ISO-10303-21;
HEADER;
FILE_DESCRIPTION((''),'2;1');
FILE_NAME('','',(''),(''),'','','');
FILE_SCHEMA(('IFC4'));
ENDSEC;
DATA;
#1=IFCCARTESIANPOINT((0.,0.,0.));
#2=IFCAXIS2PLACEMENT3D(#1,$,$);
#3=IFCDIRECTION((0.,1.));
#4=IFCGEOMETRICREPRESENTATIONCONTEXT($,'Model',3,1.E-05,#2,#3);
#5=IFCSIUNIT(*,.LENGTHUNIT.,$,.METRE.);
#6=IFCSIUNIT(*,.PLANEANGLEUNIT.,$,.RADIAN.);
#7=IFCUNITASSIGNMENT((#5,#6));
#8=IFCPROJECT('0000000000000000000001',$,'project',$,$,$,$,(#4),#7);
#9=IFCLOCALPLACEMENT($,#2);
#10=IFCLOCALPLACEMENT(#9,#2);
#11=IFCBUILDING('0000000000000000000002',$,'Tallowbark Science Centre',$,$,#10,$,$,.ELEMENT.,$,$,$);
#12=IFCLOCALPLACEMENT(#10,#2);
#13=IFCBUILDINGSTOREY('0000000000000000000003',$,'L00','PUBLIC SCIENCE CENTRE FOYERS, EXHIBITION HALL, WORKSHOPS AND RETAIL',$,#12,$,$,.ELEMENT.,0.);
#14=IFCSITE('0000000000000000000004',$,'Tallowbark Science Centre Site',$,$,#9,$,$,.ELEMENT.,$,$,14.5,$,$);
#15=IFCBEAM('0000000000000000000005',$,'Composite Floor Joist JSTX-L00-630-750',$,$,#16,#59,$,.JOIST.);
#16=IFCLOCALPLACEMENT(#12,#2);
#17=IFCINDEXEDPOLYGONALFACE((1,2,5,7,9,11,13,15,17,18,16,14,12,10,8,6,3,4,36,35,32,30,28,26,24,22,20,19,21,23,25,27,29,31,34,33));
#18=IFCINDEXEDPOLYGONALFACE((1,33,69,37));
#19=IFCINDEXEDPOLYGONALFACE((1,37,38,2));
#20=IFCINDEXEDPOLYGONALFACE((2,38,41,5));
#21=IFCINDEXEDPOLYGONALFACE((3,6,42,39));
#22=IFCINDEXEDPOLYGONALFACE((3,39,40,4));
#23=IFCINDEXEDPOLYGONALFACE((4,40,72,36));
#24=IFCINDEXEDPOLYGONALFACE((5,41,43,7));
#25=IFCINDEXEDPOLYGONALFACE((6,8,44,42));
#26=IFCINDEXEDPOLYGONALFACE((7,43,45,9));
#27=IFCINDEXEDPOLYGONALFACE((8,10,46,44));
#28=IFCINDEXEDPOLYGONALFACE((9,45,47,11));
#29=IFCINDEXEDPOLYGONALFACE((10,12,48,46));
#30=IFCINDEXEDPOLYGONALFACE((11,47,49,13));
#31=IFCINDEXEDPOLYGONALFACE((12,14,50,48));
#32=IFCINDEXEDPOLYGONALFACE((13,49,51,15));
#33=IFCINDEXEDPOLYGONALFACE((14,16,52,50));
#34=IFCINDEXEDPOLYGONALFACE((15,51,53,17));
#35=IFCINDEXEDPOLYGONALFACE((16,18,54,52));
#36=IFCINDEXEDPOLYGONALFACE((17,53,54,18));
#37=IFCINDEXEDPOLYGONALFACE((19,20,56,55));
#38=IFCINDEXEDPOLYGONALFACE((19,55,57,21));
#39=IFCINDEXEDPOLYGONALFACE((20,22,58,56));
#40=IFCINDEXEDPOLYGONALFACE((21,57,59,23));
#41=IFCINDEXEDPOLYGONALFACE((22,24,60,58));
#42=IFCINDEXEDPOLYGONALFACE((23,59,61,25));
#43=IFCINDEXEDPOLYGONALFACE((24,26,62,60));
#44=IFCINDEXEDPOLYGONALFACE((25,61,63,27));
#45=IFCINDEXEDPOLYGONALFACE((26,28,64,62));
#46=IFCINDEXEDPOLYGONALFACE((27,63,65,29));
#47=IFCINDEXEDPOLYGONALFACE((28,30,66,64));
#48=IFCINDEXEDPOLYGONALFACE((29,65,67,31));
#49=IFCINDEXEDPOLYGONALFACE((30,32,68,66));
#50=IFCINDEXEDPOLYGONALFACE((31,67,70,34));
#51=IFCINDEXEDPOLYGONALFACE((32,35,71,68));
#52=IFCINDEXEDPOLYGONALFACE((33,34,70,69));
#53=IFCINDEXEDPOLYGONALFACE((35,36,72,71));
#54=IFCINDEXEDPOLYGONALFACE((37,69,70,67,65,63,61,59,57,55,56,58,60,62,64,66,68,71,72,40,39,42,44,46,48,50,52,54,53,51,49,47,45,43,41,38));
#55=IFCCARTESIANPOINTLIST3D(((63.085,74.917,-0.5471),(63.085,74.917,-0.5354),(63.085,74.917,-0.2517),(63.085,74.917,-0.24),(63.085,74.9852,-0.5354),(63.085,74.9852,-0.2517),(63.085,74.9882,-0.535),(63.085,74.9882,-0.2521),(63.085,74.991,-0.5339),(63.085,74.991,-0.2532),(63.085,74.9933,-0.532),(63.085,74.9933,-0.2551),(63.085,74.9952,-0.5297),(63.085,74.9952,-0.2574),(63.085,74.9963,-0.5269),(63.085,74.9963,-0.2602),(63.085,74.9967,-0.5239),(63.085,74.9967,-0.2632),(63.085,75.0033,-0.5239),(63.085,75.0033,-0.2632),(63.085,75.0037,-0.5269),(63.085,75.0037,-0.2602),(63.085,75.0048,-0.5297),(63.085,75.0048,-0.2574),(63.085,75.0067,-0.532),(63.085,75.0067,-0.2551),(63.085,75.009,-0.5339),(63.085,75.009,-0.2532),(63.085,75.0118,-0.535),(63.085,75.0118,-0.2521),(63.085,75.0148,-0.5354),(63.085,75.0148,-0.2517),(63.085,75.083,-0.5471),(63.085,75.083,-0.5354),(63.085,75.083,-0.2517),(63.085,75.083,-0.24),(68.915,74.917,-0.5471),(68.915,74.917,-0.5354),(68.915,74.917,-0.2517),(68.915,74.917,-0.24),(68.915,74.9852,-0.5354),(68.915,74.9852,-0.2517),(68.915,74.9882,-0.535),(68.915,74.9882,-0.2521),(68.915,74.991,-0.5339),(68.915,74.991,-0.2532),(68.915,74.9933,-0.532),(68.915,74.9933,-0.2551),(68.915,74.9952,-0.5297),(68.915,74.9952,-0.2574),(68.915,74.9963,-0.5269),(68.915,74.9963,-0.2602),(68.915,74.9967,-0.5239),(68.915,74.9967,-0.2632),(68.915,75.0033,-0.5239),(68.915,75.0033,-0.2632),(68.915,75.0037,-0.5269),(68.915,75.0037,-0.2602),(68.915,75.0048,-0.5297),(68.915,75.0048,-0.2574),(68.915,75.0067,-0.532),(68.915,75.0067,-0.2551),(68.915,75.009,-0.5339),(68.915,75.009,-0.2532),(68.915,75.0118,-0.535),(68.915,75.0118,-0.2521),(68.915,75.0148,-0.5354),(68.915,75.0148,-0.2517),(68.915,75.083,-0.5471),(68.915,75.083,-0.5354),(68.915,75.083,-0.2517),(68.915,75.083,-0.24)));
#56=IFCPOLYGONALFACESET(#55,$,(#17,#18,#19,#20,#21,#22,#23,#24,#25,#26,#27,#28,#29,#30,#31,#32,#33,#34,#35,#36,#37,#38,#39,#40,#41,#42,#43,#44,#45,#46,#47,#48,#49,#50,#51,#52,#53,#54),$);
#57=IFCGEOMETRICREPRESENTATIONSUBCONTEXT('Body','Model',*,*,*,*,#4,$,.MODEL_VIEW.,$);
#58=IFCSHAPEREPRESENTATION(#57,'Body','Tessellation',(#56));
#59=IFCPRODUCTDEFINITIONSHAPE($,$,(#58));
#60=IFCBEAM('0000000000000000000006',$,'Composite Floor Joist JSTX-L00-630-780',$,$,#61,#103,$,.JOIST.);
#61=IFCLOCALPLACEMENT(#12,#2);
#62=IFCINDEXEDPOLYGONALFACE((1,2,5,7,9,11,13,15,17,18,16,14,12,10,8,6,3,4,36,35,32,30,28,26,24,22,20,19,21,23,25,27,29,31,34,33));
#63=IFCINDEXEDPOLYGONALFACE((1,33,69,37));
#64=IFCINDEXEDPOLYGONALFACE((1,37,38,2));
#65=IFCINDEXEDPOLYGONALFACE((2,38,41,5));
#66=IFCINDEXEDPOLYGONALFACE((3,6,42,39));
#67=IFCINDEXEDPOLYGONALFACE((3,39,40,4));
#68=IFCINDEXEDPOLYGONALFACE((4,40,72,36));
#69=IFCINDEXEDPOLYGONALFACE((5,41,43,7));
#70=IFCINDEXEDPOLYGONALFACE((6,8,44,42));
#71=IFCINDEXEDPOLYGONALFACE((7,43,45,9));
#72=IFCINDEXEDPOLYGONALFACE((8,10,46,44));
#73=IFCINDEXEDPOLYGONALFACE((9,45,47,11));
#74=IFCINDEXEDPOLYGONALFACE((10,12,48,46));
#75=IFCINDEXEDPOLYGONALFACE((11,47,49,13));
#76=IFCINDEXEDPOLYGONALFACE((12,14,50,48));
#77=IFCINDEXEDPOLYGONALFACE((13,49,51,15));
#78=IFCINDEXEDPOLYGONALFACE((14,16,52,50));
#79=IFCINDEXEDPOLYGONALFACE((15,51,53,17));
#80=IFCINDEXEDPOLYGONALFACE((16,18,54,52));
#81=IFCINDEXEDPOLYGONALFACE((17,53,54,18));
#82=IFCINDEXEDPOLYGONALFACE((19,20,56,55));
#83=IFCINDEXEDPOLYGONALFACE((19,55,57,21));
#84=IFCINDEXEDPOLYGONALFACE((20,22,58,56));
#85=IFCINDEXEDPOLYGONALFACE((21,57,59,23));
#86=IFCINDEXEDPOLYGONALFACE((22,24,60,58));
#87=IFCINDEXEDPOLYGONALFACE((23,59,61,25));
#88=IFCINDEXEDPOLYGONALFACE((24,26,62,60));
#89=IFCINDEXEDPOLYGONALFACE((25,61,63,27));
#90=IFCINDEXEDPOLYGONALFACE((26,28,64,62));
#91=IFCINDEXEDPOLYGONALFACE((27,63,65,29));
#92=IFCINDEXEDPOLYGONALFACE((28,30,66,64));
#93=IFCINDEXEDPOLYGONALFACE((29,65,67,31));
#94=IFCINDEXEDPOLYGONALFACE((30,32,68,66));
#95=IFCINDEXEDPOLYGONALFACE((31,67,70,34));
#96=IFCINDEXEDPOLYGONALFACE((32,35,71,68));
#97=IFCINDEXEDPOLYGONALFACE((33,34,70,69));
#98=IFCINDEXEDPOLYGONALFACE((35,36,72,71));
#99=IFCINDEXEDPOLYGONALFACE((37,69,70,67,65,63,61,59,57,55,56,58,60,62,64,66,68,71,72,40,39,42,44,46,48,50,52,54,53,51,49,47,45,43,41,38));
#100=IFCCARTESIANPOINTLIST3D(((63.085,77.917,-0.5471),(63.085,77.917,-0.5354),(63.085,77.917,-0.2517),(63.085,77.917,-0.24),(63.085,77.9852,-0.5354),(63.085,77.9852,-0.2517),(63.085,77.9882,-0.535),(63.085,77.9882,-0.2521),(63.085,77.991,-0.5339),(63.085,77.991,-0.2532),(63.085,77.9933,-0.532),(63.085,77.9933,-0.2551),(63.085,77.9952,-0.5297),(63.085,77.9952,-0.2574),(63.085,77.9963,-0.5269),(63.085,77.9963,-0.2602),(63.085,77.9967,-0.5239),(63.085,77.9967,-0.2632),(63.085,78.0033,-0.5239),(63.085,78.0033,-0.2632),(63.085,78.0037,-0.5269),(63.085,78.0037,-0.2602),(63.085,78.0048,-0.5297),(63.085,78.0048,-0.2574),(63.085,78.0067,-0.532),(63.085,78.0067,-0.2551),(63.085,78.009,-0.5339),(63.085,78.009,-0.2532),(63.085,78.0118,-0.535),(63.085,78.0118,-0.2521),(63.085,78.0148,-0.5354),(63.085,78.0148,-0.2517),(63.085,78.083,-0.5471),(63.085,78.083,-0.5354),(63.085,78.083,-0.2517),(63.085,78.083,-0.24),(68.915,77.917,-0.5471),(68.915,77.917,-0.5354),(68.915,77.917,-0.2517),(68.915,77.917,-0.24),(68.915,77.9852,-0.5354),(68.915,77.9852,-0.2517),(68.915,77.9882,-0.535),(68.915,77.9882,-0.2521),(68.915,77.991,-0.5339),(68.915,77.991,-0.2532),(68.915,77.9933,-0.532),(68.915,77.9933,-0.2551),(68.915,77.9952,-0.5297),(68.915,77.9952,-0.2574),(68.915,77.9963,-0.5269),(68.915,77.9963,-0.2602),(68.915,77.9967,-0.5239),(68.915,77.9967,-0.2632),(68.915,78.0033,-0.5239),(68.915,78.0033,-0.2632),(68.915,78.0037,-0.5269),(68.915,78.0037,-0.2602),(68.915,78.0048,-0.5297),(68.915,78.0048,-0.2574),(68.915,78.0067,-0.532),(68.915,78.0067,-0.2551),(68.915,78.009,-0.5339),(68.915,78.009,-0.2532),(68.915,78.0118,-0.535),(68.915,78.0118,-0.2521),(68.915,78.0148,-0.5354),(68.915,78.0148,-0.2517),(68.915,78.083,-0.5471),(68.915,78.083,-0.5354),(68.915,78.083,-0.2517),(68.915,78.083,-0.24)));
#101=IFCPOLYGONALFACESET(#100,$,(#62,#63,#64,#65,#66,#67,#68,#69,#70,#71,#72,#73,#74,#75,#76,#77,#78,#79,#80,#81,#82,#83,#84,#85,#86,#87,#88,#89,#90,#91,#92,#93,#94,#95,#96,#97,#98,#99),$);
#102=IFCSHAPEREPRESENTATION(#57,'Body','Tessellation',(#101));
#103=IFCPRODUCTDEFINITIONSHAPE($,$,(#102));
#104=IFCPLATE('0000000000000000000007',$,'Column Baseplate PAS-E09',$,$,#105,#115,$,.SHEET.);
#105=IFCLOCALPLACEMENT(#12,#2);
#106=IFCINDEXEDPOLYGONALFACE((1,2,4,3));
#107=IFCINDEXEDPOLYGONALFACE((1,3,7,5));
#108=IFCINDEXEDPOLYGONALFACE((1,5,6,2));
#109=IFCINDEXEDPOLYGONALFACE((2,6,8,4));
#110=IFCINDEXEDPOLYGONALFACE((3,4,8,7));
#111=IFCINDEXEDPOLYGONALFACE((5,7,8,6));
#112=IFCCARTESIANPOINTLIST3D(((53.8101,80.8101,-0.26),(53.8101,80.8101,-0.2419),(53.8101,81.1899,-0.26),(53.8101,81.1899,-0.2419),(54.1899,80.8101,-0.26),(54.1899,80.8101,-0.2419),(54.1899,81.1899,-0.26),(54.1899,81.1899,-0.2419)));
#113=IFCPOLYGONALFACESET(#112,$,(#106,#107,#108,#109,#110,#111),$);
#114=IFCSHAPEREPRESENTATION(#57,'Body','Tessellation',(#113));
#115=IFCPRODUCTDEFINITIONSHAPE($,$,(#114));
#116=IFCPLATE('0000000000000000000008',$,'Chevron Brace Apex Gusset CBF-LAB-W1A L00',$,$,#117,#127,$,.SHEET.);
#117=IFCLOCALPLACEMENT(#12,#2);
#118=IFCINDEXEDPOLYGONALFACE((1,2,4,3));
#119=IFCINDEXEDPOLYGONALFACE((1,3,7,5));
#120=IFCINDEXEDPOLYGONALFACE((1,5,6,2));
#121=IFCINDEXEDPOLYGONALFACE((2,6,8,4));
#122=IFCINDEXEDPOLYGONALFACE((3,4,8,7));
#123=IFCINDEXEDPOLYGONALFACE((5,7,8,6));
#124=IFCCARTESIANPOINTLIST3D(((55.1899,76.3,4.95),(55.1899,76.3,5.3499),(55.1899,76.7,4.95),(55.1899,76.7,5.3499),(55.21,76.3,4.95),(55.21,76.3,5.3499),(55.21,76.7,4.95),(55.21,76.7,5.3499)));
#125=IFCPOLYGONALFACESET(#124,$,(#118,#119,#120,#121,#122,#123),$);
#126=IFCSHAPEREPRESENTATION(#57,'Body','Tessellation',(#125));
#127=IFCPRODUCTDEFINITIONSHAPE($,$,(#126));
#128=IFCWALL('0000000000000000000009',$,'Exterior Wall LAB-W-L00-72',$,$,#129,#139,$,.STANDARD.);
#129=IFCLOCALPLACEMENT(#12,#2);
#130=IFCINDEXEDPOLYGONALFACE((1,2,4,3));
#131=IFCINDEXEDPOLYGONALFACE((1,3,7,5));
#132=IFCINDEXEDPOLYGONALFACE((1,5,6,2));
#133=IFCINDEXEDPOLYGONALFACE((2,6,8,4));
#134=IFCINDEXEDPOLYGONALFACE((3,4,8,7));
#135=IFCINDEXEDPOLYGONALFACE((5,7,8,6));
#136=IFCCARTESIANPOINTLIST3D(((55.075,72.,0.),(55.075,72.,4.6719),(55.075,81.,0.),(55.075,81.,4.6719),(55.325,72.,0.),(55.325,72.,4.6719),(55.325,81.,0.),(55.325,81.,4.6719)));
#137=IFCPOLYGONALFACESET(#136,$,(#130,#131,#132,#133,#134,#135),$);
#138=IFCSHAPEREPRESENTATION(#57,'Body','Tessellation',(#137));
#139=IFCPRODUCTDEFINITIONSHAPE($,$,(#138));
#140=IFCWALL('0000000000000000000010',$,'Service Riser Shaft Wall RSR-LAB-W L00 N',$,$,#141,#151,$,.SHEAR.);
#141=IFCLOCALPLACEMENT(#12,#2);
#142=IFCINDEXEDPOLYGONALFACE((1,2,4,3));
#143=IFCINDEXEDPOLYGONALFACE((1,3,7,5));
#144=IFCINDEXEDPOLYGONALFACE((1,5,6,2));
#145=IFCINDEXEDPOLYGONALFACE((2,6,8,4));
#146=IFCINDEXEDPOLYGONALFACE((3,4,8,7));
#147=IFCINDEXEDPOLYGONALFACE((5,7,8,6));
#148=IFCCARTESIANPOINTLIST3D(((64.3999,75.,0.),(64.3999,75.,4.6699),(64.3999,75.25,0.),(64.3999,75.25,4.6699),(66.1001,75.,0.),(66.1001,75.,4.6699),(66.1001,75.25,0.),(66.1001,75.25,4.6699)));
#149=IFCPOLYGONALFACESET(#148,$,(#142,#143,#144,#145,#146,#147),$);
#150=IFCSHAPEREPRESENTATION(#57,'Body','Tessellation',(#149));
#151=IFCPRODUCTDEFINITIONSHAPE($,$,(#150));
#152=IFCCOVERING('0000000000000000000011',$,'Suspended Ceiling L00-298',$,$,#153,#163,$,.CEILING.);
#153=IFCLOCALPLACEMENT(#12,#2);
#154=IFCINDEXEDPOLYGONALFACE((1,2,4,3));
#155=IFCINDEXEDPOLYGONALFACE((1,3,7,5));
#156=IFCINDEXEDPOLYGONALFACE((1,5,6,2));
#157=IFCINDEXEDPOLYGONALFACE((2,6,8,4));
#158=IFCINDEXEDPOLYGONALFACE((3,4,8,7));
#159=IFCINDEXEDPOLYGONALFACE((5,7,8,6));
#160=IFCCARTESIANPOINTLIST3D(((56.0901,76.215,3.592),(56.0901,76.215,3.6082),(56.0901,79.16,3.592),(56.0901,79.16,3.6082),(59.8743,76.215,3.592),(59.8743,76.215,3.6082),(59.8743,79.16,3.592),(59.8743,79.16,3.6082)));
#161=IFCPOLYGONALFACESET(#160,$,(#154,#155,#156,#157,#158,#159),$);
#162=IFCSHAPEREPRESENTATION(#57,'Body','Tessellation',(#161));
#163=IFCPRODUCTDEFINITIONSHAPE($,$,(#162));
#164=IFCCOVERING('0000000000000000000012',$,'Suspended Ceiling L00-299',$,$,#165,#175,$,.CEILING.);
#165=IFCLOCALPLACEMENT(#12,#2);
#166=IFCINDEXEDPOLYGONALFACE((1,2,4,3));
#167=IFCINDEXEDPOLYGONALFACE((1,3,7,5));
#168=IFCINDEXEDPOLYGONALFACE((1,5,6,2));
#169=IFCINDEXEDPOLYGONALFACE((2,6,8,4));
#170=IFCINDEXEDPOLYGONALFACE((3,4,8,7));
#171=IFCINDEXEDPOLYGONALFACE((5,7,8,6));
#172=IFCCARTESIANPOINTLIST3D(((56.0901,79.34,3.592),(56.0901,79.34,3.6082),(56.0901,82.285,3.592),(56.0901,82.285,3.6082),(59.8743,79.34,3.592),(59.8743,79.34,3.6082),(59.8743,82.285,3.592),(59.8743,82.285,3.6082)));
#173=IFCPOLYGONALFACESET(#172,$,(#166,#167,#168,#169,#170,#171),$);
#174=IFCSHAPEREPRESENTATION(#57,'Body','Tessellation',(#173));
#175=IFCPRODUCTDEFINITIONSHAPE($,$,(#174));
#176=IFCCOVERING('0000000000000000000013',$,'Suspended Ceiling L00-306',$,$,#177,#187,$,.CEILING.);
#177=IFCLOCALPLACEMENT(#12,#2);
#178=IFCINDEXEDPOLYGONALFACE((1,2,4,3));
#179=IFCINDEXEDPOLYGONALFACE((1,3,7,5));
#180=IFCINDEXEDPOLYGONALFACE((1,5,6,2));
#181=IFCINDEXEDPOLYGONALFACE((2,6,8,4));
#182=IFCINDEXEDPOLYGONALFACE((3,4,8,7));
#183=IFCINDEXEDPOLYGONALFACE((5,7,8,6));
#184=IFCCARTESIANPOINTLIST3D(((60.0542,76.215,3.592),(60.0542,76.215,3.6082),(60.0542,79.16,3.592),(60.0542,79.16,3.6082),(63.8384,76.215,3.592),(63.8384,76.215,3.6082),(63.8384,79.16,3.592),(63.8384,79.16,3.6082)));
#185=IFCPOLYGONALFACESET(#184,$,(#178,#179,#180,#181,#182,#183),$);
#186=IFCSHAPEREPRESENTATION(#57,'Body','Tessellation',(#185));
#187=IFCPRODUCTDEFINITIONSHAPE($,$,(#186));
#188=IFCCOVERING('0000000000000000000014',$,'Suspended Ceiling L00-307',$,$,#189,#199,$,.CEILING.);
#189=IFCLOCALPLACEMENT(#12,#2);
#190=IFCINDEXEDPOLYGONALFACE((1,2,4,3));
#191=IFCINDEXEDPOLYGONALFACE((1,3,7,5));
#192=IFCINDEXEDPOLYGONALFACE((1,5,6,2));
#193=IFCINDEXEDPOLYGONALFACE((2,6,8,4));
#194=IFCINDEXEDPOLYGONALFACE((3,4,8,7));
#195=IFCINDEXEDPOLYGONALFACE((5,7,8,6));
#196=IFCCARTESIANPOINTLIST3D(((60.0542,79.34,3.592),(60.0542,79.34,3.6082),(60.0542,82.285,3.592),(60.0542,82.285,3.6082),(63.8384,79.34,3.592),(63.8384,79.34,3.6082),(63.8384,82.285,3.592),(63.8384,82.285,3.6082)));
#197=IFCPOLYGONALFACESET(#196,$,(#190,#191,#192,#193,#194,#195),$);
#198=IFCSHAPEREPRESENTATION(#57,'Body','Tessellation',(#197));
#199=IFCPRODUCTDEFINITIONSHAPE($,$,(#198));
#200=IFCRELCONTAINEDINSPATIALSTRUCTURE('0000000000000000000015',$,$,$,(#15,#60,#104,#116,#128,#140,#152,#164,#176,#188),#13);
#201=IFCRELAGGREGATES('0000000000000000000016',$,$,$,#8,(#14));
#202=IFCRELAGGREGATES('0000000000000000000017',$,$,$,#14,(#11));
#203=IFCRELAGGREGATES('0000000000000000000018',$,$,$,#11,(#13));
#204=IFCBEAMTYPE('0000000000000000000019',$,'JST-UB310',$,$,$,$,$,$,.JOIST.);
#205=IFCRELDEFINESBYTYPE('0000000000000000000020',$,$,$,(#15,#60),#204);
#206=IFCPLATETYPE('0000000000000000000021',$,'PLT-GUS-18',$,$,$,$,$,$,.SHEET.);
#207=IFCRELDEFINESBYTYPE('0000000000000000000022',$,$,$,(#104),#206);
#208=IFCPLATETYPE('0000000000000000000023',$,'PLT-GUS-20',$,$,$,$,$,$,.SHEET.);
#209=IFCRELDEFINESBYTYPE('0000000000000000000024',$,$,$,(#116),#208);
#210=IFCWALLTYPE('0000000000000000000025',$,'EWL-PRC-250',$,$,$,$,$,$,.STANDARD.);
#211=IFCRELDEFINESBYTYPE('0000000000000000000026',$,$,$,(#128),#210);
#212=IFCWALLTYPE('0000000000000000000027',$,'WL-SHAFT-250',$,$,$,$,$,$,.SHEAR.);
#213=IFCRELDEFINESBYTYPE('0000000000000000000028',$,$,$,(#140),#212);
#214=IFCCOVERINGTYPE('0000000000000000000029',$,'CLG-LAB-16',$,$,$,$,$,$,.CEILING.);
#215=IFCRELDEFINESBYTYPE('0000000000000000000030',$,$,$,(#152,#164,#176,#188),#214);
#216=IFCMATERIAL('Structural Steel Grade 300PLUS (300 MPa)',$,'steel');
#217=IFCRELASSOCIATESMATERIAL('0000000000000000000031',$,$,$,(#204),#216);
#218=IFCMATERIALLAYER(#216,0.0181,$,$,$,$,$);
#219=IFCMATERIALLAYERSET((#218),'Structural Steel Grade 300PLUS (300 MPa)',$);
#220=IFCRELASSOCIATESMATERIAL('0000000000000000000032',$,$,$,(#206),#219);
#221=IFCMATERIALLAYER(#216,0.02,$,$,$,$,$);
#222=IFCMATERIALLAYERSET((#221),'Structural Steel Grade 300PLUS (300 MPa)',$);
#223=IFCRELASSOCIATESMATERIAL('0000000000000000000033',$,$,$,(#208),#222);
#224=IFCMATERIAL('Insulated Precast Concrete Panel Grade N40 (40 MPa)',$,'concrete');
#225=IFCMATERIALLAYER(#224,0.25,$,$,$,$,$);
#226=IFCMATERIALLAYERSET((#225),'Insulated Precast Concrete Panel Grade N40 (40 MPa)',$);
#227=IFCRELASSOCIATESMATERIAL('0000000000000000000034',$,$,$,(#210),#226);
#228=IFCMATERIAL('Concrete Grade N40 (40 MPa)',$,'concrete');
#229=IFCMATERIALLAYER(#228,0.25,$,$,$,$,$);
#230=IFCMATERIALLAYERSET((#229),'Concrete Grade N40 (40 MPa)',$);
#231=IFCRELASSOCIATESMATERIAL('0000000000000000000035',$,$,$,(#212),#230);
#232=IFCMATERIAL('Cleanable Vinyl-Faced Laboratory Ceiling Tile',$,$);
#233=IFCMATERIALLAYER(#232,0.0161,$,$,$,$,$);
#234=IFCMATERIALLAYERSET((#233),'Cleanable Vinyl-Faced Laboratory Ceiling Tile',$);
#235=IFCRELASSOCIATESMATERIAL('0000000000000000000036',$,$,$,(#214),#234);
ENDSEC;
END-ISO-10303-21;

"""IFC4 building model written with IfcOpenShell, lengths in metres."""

from ifc_helpers import new_model, si_unit, direction, frame, frame_2d, origin, origin_2d, place, context, subcontext, project, spatial, rectangle, i_section, extrude, material, layer, layer_set, material_profile, profile_set, type_object, element, save


model = new_model("IFC4")

# Units and contexts
model_context = context("Model", 3, precision=1e-05, world=origin(), true_north=direction((0.0, 1.0)))
body_context = subcontext(model_context, "Body", "Model", "MODEL_VIEW")
ifc_project = project(units=[si_unit("LENGTHUNIT", "METRE"), si_unit("PLANEANGLEUNIT", "RADIAN")], contexts=[model_context])

# Site, building, storey
site_placement = place(None, origin())
site = spatial("IfcSite", under=ifc_project, at=site_placement, Name="Tallowbark Science Centre Site", CompositionType="ELEMENT", RefElevation=14.5)
building_placement = place(site_placement, origin())
building = spatial("IfcBuilding", under=site, at=building_placement, Name="Tallowbark Science Centre", CompositionType="ELEMENT")
storey_placement = place(building_placement, origin())
storey = spatial("IfcBuildingStorey", under=building, at=storey_placement, Name="L00", Description="PUBLIC SCIENCE CENTRE FOYERS, EXHIBITION HALL, WORKSHOPS AND RETAIL", CompositionType="ELEMENT", Elevation=0.0)

# Shared definitions
ifc_material_1 = material(Name="Concrete Grade N40 (40 MPa)", Category="concrete")

# Shared definitions
ifc_material_2 = material(Name="Structural Steel Grade 300PLUS (300 MPa)", Category="steel")

# Beams
ifc_material_profile_1 = material_profile(ifc_material_2, i_section(OverallWidth=0.166, OverallDepth=0.3071, WebThickness=0.0066, FlangeThickness=0.0117, FilletRadius=0.0115, at=origin_2d()), Name="310UB46.2")
ifc_profile_set_1 = profile_set([ifc_material_profile_1], Name="Structural Steel Grade 300PLUS (300 MPa)")
beam_type_1 = type_object("IfcBeamType", Name="JST-UB310", PredefinedType="JOIST", material=ifc_profile_set_1)
for number, where, z_axis, x_axis, name in (
    (1, (63.085, 75.0, -0.3936), (1.0, 0.0, 0.0), (0.0, 1.0, 0.0), "Composite Floor Joist JSTX-L00-630-750"),
    (2, (63.085, 78.0, -0.3936), (1.0, 0.0, 0.0), (0.0, 1.0, 0.0), "Composite Floor Joist JSTX-L00-630-780"),
):
    element("IfcBeam", number, at=place(storey_placement, frame(where, z_axis=z_axis, x_axis=x_axis)), inside=storey, type_object=beam_type_1, Name=name, PredefinedType="JOIST", context=body_context, shape_type="SweptSolid", body=[
        extrude(i_section(OverallWidth=0.166, OverallDepth=0.3071, WebThickness=0.0066, FlangeThickness=0.0117, FilletRadius=0.0115, at=origin_2d()), origin(), (0.0, 0.0, 1.0), 5.8301),
    ])

# Plates
ifc_layer_1 = layer(ifc_material_2, 0.0181)
ifc_layer_set_1 = layer_set([ifc_layer_1], Name="Structural Steel Grade 300PLUS (300 MPa)")
plate_type_1 = type_object("IfcPlateType", Name="PLT-GUS-18", PredefinedType="SHEET", material=ifc_layer_set_1)
plate_1_placement = place(storey_placement, frame((54.0, 81.0, -0.26), z_axis=(0.0, 0.0, 1.0), x_axis=(1.0, 0.0, 0.0)))
element("IfcPlate", 3, at=plate_1_placement, inside=storey, type_object=plate_type_1, Name="Column Baseplate PAS-E09", PredefinedType="SHEET", context=body_context, shape_type="SweptSolid", body=[
    extrude(rectangle(XDim=0.3799, YDim=0.3799, at=origin_2d()), origin(), (0.0, 0.0, 1.0), 0.0181),
])
ifc_layer_2 = layer(ifc_material_2, 0.02)
ifc_layer_set_2 = layer_set([ifc_layer_2], Name="Structural Steel Grade 300PLUS (300 MPa)")
plate_type_2 = type_object("IfcPlateType", Name="PLT-GUS-20", PredefinedType="SHEET", material=ifc_layer_set_2)
plate_2_placement = place(storey_placement, frame((55.2, 76.5, 4.95), z_axis=(0.0, 0.0, 1.0), x_axis=(0.0, 1.0, 0.0)))
element("IfcPlate", 4, at=plate_2_placement, inside=storey, type_object=plate_type_2, Name="Chevron Brace Apex Gusset CBF-LAB-W1A L00", PredefinedType="SHEET", context=body_context, shape_type="SweptSolid", body=[
    extrude(rectangle(XDim=0.3999, YDim=0.02, at=origin_2d()), origin(), (0.0, 0.0, 1.0), 0.3999),
])

# Walls
ifc_material_3 = material(Name="Insulated Precast Concrete Panel Grade N40 (40 MPa)", Category="concrete")
ifc_layer_3 = layer(ifc_material_3, 0.25)
ifc_layer_set_3 = layer_set([ifc_layer_3], Name="Insulated Precast Concrete Panel Grade N40 (40 MPa)")
wall_type_1 = type_object("IfcWallType", Name="EWL-PRC-250", PredefinedType="STANDARD", material=ifc_layer_set_3)
wall_1_placement = place(storey_placement, frame((55.2, 81.0, 0.0), z_axis=(0.0, 0.0, 1.0), x_axis=(0.0, -1.0, 0.0)))
element("IfcWall", 5, at=wall_1_placement, inside=storey, type_object=wall_type_1, Name="Exterior Wall LAB-W-L00-72", PredefinedType="STANDARD", context=body_context, shape_type="SweptSolid", body=[
    extrude(rectangle(XDim=9.0, YDim=0.25, at=frame_2d((4.5, 0.0))), origin(), (0.0, 0.0, 1.0), 4.6719),
])
ifc_layer_4 = layer(ifc_material_1, 0.25)
ifc_layer_set_4 = layer_set([ifc_layer_4], Name="Concrete Grade N40 (40 MPa)")
wall_type_2 = type_object("IfcWallType", Name="WL-SHAFT-250", PredefinedType="SHEAR", material=ifc_layer_set_4)
wall_2_placement = place(storey_placement, frame((64.3999, 75.125, 0.0), z_axis=(0.0, 0.0, 1.0), x_axis=(1.0, 0.0, 0.0)))
element("IfcWall", 6, at=wall_2_placement, inside=storey, type_object=wall_type_2, Name="Service Riser Shaft Wall RSR-LAB-W L00 N", PredefinedType="SHEAR", context=body_context, shape_type="SweptSolid", body=[
    extrude(rectangle(XDim=1.7002, YDim=0.25, at=frame_2d((0.8501, 0.0))), origin(), (0.0, 0.0, 1.0), 4.6699),
])

# Coverings
ifc_material_4 = material(Name="Cleanable Vinyl-Faced Laboratory Ceiling Tile")
ifc_layer_5 = layer(ifc_material_4, 0.0161)
ifc_layer_set_5 = layer_set([ifc_layer_5], Name="Cleanable Vinyl-Faced Laboratory Ceiling Tile")
covering_type_1 = type_object("IfcCoveringType", Name="CLG-LAB-16", PredefinedType="CEILING", material=ifc_layer_set_5)
for number, where, z_axis, x_axis, name in (
    (7, (57.9822, 77.6875, 3.592), (0.0, 0.0, 1.0), (1.0, 0.0, 0.0), "Suspended Ceiling L00-298"),
    (8, (57.9822, 80.8125, 3.592), (0.0, 0.0, 1.0), (1.0, 0.0, 0.0), "Suspended Ceiling L00-299"),
    (9, (61.9463, 77.6875, 3.592), (0.0, 0.0, 1.0), (1.0, 0.0, 0.0), "Suspended Ceiling L00-306"),
    (10, (61.9463, 80.8125, 3.592), (0.0, 0.0, 1.0), (1.0, 0.0, 0.0), "Suspended Ceiling L00-307"),
):
    element("IfcCovering", number, at=place(storey_placement, frame(where, z_axis=z_axis, x_axis=x_axis)), inside=storey, type_object=covering_type_1, Name=name, PredefinedType="CEILING", context=body_context, shape_type="SweptSolid", body=[
        extrude(rectangle(XDim=3.7842, YDim=2.9451, at=origin_2d()), origin(), (0.0, 0.0, 1.0), 0.0161),
    ])

save(model, "model.ifc")
